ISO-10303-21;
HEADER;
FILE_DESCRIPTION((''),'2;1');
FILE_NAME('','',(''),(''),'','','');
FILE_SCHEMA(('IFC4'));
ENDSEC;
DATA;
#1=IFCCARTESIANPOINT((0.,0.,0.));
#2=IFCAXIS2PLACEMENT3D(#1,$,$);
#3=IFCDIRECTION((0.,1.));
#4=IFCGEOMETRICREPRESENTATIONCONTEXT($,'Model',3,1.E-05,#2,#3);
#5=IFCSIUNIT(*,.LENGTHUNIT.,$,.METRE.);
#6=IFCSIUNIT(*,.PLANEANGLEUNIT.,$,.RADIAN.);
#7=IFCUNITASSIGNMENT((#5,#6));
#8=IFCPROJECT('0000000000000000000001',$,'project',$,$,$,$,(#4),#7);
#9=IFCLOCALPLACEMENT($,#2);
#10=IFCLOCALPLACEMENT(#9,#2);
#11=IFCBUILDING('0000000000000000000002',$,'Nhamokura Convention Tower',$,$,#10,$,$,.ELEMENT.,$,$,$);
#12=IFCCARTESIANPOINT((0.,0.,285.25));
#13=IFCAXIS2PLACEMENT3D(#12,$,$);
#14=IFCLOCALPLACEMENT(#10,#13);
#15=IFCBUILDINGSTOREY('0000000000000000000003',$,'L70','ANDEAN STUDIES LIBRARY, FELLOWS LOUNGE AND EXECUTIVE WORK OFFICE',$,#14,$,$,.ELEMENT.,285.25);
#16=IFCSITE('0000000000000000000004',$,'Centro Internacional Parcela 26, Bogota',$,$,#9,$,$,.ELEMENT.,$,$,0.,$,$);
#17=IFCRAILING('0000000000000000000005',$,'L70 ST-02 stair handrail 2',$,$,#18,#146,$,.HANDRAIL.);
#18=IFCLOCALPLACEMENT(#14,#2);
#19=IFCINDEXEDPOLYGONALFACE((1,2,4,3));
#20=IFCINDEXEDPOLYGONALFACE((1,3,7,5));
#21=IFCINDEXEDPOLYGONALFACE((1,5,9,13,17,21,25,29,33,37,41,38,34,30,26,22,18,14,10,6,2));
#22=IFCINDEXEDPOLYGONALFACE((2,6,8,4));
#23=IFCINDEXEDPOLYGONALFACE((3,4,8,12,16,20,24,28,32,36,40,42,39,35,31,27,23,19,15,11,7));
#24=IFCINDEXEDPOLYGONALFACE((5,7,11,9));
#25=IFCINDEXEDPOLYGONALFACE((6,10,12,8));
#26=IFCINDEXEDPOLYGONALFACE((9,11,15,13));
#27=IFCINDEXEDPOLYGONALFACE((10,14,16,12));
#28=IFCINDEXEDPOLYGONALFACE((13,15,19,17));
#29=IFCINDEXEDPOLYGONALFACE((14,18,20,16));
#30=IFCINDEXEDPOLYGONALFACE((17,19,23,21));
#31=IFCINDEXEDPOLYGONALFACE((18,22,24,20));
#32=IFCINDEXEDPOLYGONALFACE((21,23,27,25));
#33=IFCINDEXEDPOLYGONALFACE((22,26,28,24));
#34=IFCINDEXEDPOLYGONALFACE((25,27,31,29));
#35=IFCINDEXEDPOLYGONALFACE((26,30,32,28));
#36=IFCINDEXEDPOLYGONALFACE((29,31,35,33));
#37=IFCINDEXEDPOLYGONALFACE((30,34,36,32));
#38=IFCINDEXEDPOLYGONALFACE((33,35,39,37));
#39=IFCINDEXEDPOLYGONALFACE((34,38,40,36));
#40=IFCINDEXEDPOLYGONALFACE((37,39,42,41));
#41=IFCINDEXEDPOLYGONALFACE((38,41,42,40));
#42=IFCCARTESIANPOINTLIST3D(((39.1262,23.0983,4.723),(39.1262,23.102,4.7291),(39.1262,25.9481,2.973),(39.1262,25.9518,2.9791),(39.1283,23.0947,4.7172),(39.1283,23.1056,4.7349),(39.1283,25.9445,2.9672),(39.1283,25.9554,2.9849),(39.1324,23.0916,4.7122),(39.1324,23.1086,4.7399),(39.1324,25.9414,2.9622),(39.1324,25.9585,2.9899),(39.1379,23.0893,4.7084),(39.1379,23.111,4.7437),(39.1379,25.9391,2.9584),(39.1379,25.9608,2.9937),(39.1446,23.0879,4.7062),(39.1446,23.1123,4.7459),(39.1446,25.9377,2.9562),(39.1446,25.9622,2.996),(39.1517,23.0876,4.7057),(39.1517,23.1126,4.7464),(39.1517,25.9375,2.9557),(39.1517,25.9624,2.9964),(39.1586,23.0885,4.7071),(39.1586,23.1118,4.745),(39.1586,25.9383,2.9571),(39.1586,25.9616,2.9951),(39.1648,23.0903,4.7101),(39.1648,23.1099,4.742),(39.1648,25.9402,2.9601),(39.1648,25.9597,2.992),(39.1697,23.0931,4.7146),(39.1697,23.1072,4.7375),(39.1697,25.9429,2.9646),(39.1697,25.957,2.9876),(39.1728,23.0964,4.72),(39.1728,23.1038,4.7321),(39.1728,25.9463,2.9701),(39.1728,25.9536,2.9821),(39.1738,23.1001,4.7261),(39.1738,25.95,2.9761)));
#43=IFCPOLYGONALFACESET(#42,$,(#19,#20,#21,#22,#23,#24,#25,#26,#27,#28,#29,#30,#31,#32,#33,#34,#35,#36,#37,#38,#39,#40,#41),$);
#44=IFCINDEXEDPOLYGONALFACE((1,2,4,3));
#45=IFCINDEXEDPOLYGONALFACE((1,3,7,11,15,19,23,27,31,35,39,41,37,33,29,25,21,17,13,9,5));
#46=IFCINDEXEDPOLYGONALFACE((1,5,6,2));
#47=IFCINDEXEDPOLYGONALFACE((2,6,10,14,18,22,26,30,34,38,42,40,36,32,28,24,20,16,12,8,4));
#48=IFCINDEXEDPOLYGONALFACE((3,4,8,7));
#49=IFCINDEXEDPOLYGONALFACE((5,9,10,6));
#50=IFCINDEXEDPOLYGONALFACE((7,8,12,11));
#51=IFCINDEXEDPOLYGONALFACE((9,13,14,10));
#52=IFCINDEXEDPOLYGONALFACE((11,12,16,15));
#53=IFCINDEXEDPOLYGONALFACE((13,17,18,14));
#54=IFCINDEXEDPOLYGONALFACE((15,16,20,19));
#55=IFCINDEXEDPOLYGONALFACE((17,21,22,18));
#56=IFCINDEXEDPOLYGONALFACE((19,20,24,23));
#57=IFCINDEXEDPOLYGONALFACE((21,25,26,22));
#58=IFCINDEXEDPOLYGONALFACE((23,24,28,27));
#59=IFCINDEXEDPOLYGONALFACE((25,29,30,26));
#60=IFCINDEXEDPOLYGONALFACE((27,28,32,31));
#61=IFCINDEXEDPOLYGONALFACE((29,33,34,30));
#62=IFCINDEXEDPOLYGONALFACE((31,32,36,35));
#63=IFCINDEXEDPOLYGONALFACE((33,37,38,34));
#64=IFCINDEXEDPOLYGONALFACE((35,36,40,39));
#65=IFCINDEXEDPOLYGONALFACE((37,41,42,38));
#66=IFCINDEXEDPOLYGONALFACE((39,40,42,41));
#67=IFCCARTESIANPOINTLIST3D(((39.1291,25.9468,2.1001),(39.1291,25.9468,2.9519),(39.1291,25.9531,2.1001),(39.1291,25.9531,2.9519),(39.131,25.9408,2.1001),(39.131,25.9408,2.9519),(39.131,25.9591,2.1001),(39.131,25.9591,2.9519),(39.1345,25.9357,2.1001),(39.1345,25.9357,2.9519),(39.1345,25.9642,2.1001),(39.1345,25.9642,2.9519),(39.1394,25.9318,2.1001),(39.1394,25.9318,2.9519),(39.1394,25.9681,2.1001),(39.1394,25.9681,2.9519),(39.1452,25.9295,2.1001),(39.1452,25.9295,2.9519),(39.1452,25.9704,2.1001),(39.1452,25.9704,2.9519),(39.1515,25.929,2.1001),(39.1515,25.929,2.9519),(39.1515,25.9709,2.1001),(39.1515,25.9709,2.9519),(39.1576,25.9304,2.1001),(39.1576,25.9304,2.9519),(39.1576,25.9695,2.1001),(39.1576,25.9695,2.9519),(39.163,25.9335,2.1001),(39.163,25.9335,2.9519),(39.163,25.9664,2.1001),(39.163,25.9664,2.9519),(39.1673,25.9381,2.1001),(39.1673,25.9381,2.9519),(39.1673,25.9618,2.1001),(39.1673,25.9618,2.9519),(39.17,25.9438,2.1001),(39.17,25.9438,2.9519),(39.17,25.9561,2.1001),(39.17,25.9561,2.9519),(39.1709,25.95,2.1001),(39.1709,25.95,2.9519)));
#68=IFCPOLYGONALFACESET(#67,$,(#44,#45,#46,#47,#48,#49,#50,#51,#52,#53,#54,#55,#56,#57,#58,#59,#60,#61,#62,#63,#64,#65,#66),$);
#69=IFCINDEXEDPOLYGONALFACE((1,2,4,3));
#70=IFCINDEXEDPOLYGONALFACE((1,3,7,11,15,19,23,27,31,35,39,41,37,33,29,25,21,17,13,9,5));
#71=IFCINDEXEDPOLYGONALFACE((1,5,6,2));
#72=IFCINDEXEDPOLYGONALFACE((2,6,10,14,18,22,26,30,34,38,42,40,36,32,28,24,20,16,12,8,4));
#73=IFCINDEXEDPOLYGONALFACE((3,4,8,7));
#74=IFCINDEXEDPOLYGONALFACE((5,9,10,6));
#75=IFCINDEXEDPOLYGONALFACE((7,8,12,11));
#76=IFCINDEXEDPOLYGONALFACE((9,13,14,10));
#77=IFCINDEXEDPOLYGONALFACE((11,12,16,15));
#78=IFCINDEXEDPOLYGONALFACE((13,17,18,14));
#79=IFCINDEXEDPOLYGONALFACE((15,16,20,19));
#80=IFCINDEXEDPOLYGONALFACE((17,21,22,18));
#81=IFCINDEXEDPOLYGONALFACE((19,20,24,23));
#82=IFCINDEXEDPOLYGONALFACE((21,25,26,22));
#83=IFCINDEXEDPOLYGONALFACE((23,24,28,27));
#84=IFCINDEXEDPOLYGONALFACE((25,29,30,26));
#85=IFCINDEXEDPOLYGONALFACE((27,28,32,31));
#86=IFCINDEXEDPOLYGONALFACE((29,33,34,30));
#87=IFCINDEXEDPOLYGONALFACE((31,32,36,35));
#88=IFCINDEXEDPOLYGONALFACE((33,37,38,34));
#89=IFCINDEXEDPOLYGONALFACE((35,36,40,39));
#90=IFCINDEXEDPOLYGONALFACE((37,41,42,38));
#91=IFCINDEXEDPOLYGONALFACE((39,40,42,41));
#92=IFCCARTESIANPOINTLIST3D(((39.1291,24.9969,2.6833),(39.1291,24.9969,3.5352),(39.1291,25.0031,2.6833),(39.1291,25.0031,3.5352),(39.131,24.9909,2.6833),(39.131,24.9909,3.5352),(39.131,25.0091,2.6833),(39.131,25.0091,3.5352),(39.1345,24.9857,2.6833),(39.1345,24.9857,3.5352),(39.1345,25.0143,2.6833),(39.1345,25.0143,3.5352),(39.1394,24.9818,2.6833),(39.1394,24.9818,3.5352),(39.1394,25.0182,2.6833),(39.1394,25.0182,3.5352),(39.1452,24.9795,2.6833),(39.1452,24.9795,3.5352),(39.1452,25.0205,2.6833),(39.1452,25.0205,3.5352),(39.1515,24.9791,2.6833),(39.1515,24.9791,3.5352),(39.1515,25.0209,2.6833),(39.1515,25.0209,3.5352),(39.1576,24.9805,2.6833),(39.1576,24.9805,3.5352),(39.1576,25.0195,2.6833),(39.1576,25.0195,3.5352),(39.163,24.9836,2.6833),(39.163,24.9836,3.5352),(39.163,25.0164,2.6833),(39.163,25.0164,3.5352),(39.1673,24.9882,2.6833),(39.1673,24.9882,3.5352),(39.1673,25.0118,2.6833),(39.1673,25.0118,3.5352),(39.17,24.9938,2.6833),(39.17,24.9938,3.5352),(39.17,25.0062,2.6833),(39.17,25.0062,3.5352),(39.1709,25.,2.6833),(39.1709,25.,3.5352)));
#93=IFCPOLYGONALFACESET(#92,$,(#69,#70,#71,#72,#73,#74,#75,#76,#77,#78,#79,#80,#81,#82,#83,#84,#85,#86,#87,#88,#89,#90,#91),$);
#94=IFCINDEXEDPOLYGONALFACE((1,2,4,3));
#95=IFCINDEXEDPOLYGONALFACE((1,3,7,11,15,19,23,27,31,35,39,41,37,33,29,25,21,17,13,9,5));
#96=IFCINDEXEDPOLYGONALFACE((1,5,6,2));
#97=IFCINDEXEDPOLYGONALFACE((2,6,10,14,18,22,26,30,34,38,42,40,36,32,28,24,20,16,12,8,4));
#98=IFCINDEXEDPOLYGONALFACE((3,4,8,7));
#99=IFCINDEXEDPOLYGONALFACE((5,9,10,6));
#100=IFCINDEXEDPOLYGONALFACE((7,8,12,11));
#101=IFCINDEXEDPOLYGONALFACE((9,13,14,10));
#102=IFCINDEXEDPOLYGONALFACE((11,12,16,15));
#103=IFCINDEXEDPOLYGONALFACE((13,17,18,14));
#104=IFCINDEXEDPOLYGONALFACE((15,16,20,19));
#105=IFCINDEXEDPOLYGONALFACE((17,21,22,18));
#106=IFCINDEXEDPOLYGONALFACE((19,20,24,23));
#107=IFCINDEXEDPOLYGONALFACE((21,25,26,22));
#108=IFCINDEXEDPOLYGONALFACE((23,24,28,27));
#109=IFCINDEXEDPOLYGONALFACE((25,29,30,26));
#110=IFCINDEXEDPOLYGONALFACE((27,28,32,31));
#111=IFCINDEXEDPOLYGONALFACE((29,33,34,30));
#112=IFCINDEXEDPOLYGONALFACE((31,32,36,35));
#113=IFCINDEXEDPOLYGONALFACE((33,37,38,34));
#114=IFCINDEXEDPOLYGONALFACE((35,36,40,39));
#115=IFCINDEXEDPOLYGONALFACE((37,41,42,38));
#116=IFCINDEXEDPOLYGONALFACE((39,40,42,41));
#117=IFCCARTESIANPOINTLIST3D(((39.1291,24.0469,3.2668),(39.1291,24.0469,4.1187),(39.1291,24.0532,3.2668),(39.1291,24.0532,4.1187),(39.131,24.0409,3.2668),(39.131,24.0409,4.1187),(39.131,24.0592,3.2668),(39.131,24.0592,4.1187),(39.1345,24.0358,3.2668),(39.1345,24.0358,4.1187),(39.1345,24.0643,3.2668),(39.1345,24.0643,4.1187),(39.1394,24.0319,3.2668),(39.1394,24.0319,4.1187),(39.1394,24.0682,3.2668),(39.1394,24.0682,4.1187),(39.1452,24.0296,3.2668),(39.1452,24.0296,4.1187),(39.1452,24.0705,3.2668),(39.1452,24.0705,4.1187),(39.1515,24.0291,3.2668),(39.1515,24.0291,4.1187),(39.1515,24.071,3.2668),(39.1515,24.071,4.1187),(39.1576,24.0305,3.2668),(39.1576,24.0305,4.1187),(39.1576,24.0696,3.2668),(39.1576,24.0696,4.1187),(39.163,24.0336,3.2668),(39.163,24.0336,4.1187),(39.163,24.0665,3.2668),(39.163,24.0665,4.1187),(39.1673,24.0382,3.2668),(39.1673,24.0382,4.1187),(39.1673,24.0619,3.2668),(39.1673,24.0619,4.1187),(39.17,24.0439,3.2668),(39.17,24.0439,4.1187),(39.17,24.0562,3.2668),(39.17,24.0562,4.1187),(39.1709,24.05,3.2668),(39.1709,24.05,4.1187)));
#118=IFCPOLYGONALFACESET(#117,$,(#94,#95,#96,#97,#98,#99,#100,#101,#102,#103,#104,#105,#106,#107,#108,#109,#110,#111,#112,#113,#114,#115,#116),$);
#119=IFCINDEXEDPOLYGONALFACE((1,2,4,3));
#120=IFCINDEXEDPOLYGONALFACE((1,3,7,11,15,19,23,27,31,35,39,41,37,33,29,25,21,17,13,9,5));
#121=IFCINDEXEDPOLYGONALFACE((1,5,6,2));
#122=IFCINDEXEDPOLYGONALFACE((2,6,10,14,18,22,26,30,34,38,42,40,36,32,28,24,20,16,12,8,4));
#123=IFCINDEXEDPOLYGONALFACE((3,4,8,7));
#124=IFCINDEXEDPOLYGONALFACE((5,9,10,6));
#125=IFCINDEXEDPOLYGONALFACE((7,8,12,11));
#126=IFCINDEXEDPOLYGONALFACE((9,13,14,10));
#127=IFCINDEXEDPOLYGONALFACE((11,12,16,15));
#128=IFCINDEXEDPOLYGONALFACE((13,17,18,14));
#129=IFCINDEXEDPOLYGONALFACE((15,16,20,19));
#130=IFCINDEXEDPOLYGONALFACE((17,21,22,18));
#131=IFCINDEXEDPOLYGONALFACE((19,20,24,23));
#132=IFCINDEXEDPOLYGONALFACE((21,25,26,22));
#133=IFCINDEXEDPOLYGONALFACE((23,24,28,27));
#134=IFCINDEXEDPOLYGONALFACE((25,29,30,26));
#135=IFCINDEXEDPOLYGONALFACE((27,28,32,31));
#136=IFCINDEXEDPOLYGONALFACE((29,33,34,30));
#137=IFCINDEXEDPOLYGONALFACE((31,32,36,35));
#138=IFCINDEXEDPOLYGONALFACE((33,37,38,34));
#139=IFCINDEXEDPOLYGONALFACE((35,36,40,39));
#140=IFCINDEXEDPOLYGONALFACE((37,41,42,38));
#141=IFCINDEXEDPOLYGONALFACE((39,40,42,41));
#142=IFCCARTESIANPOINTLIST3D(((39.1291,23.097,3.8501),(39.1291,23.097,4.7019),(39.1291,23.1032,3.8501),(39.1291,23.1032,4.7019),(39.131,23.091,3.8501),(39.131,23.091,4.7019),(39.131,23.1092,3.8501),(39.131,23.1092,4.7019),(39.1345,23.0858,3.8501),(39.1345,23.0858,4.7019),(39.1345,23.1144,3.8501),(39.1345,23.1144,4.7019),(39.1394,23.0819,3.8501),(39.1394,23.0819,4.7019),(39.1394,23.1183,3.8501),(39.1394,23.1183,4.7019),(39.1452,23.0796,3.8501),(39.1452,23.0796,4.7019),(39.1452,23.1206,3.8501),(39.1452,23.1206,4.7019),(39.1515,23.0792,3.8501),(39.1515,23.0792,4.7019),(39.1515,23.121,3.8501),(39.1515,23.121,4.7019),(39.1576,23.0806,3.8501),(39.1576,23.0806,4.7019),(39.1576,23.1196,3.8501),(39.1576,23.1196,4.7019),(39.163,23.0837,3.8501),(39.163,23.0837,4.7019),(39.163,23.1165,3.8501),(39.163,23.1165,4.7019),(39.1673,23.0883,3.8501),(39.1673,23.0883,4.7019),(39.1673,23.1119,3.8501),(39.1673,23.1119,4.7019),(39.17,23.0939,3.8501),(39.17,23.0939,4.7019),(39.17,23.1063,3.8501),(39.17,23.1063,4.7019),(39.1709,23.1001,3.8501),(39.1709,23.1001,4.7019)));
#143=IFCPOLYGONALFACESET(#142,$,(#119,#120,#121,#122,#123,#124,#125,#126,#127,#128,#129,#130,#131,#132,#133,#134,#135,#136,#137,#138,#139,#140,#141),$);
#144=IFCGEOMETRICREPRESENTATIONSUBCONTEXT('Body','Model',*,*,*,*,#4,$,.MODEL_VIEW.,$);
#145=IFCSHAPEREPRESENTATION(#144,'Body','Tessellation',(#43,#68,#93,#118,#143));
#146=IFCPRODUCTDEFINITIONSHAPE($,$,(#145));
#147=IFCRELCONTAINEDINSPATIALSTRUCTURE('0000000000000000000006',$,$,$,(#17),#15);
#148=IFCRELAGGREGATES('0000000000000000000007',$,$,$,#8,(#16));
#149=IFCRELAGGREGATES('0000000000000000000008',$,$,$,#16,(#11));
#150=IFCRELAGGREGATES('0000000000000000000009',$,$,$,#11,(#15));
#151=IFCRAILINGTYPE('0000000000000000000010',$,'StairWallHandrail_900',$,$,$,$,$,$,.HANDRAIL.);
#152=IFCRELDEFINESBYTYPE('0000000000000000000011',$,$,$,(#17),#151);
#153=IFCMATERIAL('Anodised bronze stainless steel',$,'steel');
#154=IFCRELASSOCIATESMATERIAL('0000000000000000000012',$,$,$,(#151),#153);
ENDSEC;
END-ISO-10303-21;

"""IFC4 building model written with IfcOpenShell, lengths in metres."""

from ifc_helpers import new_model, si_unit, direction, frame, origin, origin_2d, place, context, subcontext, project, spatial, circle, extrude, material, type_object, element, save


model = new_model("IFC4")

# Units and contexts
model_context = context("Model", 3, precision=1e-05, world=origin(), true_north=direction((0.0, 1.0)))
body_context = subcontext(model_context, "Body", "Model", "MODEL_VIEW")
ifc_project = project(units=[si_unit("LENGTHUNIT", "METRE"), si_unit("PLANEANGLEUNIT", "RADIAN")], contexts=[model_context])

# Site, building, storey
site_placement = place(None, origin())
site = spatial("IfcSite", under=ifc_project, at=site_placement, Name="Centro Internacional Parcela 26, Bogota", CompositionType="ELEMENT", RefElevation=0.0)
building_placement = place(site_placement, origin())
building = spatial("IfcBuilding", under=site, at=building_placement, Name="Nhamokura Convention Tower", CompositionType="ELEMENT")
storey_placement = place(building_placement, frame((0.0, 0.0, 285.25)))
storey = spatial("IfcBuildingStorey", under=building, at=storey_placement, Name="L70", Description="ANDEAN STUDIES LIBRARY, FELLOWS LOUNGE AND EXECUTIVE WORK OFFICE", CompositionType="ELEMENT", Elevation=285.25)

# Railing
ifc_material_1 = material(Name="Anodised bronze stainless steel", Category="steel")
railing_type_1 = type_object("IfcRailingType", Name="StairWallHandrail_900", PredefinedType="HANDRAIL", material=ifc_material_1)
railing_1_placement = place(storey_placement, frame((39.1499, 25.95, 2.1001)))
element("IfcRailing", 1, at=railing_1_placement, inside=storey, type_object=railing_type_1, Name="L70 ST-02 stair handrail 2", PredefinedType="HANDRAIL", context=body_context, shape_type="SweptSolid", body=[
    extrude(circle(Radius=0.0239, at=origin_2d()), frame((0.0, 0.0, 0.876), z_axis=(0.0, -0.852159, 0.523283), x_axis=(1.0, 0.0, 0.0)), (0.0, 0.0, 1.0), 3.3442),
    extrude(circle(Radius=0.021, at=origin_2d()), origin(), (0.0, 0.0, 1.0), 0.8518),
    extrude(circle(Radius=0.021, at=origin_2d()), frame((0.0, -0.95, 0.5833)), (0.0, 0.0, 1.0), 0.8518),
    extrude(circle(Radius=0.021, at=origin_2d()), frame((0.0, -1.8999, 1.1667)), (0.0, 0.0, 1.0), 0.8518),
    extrude(circle(Radius=0.021, at=origin_2d()), frame((0.0, -2.8499, 1.75)), (0.0, 0.0, 1.0), 0.8518),
])

save(model, "model.ifc")
